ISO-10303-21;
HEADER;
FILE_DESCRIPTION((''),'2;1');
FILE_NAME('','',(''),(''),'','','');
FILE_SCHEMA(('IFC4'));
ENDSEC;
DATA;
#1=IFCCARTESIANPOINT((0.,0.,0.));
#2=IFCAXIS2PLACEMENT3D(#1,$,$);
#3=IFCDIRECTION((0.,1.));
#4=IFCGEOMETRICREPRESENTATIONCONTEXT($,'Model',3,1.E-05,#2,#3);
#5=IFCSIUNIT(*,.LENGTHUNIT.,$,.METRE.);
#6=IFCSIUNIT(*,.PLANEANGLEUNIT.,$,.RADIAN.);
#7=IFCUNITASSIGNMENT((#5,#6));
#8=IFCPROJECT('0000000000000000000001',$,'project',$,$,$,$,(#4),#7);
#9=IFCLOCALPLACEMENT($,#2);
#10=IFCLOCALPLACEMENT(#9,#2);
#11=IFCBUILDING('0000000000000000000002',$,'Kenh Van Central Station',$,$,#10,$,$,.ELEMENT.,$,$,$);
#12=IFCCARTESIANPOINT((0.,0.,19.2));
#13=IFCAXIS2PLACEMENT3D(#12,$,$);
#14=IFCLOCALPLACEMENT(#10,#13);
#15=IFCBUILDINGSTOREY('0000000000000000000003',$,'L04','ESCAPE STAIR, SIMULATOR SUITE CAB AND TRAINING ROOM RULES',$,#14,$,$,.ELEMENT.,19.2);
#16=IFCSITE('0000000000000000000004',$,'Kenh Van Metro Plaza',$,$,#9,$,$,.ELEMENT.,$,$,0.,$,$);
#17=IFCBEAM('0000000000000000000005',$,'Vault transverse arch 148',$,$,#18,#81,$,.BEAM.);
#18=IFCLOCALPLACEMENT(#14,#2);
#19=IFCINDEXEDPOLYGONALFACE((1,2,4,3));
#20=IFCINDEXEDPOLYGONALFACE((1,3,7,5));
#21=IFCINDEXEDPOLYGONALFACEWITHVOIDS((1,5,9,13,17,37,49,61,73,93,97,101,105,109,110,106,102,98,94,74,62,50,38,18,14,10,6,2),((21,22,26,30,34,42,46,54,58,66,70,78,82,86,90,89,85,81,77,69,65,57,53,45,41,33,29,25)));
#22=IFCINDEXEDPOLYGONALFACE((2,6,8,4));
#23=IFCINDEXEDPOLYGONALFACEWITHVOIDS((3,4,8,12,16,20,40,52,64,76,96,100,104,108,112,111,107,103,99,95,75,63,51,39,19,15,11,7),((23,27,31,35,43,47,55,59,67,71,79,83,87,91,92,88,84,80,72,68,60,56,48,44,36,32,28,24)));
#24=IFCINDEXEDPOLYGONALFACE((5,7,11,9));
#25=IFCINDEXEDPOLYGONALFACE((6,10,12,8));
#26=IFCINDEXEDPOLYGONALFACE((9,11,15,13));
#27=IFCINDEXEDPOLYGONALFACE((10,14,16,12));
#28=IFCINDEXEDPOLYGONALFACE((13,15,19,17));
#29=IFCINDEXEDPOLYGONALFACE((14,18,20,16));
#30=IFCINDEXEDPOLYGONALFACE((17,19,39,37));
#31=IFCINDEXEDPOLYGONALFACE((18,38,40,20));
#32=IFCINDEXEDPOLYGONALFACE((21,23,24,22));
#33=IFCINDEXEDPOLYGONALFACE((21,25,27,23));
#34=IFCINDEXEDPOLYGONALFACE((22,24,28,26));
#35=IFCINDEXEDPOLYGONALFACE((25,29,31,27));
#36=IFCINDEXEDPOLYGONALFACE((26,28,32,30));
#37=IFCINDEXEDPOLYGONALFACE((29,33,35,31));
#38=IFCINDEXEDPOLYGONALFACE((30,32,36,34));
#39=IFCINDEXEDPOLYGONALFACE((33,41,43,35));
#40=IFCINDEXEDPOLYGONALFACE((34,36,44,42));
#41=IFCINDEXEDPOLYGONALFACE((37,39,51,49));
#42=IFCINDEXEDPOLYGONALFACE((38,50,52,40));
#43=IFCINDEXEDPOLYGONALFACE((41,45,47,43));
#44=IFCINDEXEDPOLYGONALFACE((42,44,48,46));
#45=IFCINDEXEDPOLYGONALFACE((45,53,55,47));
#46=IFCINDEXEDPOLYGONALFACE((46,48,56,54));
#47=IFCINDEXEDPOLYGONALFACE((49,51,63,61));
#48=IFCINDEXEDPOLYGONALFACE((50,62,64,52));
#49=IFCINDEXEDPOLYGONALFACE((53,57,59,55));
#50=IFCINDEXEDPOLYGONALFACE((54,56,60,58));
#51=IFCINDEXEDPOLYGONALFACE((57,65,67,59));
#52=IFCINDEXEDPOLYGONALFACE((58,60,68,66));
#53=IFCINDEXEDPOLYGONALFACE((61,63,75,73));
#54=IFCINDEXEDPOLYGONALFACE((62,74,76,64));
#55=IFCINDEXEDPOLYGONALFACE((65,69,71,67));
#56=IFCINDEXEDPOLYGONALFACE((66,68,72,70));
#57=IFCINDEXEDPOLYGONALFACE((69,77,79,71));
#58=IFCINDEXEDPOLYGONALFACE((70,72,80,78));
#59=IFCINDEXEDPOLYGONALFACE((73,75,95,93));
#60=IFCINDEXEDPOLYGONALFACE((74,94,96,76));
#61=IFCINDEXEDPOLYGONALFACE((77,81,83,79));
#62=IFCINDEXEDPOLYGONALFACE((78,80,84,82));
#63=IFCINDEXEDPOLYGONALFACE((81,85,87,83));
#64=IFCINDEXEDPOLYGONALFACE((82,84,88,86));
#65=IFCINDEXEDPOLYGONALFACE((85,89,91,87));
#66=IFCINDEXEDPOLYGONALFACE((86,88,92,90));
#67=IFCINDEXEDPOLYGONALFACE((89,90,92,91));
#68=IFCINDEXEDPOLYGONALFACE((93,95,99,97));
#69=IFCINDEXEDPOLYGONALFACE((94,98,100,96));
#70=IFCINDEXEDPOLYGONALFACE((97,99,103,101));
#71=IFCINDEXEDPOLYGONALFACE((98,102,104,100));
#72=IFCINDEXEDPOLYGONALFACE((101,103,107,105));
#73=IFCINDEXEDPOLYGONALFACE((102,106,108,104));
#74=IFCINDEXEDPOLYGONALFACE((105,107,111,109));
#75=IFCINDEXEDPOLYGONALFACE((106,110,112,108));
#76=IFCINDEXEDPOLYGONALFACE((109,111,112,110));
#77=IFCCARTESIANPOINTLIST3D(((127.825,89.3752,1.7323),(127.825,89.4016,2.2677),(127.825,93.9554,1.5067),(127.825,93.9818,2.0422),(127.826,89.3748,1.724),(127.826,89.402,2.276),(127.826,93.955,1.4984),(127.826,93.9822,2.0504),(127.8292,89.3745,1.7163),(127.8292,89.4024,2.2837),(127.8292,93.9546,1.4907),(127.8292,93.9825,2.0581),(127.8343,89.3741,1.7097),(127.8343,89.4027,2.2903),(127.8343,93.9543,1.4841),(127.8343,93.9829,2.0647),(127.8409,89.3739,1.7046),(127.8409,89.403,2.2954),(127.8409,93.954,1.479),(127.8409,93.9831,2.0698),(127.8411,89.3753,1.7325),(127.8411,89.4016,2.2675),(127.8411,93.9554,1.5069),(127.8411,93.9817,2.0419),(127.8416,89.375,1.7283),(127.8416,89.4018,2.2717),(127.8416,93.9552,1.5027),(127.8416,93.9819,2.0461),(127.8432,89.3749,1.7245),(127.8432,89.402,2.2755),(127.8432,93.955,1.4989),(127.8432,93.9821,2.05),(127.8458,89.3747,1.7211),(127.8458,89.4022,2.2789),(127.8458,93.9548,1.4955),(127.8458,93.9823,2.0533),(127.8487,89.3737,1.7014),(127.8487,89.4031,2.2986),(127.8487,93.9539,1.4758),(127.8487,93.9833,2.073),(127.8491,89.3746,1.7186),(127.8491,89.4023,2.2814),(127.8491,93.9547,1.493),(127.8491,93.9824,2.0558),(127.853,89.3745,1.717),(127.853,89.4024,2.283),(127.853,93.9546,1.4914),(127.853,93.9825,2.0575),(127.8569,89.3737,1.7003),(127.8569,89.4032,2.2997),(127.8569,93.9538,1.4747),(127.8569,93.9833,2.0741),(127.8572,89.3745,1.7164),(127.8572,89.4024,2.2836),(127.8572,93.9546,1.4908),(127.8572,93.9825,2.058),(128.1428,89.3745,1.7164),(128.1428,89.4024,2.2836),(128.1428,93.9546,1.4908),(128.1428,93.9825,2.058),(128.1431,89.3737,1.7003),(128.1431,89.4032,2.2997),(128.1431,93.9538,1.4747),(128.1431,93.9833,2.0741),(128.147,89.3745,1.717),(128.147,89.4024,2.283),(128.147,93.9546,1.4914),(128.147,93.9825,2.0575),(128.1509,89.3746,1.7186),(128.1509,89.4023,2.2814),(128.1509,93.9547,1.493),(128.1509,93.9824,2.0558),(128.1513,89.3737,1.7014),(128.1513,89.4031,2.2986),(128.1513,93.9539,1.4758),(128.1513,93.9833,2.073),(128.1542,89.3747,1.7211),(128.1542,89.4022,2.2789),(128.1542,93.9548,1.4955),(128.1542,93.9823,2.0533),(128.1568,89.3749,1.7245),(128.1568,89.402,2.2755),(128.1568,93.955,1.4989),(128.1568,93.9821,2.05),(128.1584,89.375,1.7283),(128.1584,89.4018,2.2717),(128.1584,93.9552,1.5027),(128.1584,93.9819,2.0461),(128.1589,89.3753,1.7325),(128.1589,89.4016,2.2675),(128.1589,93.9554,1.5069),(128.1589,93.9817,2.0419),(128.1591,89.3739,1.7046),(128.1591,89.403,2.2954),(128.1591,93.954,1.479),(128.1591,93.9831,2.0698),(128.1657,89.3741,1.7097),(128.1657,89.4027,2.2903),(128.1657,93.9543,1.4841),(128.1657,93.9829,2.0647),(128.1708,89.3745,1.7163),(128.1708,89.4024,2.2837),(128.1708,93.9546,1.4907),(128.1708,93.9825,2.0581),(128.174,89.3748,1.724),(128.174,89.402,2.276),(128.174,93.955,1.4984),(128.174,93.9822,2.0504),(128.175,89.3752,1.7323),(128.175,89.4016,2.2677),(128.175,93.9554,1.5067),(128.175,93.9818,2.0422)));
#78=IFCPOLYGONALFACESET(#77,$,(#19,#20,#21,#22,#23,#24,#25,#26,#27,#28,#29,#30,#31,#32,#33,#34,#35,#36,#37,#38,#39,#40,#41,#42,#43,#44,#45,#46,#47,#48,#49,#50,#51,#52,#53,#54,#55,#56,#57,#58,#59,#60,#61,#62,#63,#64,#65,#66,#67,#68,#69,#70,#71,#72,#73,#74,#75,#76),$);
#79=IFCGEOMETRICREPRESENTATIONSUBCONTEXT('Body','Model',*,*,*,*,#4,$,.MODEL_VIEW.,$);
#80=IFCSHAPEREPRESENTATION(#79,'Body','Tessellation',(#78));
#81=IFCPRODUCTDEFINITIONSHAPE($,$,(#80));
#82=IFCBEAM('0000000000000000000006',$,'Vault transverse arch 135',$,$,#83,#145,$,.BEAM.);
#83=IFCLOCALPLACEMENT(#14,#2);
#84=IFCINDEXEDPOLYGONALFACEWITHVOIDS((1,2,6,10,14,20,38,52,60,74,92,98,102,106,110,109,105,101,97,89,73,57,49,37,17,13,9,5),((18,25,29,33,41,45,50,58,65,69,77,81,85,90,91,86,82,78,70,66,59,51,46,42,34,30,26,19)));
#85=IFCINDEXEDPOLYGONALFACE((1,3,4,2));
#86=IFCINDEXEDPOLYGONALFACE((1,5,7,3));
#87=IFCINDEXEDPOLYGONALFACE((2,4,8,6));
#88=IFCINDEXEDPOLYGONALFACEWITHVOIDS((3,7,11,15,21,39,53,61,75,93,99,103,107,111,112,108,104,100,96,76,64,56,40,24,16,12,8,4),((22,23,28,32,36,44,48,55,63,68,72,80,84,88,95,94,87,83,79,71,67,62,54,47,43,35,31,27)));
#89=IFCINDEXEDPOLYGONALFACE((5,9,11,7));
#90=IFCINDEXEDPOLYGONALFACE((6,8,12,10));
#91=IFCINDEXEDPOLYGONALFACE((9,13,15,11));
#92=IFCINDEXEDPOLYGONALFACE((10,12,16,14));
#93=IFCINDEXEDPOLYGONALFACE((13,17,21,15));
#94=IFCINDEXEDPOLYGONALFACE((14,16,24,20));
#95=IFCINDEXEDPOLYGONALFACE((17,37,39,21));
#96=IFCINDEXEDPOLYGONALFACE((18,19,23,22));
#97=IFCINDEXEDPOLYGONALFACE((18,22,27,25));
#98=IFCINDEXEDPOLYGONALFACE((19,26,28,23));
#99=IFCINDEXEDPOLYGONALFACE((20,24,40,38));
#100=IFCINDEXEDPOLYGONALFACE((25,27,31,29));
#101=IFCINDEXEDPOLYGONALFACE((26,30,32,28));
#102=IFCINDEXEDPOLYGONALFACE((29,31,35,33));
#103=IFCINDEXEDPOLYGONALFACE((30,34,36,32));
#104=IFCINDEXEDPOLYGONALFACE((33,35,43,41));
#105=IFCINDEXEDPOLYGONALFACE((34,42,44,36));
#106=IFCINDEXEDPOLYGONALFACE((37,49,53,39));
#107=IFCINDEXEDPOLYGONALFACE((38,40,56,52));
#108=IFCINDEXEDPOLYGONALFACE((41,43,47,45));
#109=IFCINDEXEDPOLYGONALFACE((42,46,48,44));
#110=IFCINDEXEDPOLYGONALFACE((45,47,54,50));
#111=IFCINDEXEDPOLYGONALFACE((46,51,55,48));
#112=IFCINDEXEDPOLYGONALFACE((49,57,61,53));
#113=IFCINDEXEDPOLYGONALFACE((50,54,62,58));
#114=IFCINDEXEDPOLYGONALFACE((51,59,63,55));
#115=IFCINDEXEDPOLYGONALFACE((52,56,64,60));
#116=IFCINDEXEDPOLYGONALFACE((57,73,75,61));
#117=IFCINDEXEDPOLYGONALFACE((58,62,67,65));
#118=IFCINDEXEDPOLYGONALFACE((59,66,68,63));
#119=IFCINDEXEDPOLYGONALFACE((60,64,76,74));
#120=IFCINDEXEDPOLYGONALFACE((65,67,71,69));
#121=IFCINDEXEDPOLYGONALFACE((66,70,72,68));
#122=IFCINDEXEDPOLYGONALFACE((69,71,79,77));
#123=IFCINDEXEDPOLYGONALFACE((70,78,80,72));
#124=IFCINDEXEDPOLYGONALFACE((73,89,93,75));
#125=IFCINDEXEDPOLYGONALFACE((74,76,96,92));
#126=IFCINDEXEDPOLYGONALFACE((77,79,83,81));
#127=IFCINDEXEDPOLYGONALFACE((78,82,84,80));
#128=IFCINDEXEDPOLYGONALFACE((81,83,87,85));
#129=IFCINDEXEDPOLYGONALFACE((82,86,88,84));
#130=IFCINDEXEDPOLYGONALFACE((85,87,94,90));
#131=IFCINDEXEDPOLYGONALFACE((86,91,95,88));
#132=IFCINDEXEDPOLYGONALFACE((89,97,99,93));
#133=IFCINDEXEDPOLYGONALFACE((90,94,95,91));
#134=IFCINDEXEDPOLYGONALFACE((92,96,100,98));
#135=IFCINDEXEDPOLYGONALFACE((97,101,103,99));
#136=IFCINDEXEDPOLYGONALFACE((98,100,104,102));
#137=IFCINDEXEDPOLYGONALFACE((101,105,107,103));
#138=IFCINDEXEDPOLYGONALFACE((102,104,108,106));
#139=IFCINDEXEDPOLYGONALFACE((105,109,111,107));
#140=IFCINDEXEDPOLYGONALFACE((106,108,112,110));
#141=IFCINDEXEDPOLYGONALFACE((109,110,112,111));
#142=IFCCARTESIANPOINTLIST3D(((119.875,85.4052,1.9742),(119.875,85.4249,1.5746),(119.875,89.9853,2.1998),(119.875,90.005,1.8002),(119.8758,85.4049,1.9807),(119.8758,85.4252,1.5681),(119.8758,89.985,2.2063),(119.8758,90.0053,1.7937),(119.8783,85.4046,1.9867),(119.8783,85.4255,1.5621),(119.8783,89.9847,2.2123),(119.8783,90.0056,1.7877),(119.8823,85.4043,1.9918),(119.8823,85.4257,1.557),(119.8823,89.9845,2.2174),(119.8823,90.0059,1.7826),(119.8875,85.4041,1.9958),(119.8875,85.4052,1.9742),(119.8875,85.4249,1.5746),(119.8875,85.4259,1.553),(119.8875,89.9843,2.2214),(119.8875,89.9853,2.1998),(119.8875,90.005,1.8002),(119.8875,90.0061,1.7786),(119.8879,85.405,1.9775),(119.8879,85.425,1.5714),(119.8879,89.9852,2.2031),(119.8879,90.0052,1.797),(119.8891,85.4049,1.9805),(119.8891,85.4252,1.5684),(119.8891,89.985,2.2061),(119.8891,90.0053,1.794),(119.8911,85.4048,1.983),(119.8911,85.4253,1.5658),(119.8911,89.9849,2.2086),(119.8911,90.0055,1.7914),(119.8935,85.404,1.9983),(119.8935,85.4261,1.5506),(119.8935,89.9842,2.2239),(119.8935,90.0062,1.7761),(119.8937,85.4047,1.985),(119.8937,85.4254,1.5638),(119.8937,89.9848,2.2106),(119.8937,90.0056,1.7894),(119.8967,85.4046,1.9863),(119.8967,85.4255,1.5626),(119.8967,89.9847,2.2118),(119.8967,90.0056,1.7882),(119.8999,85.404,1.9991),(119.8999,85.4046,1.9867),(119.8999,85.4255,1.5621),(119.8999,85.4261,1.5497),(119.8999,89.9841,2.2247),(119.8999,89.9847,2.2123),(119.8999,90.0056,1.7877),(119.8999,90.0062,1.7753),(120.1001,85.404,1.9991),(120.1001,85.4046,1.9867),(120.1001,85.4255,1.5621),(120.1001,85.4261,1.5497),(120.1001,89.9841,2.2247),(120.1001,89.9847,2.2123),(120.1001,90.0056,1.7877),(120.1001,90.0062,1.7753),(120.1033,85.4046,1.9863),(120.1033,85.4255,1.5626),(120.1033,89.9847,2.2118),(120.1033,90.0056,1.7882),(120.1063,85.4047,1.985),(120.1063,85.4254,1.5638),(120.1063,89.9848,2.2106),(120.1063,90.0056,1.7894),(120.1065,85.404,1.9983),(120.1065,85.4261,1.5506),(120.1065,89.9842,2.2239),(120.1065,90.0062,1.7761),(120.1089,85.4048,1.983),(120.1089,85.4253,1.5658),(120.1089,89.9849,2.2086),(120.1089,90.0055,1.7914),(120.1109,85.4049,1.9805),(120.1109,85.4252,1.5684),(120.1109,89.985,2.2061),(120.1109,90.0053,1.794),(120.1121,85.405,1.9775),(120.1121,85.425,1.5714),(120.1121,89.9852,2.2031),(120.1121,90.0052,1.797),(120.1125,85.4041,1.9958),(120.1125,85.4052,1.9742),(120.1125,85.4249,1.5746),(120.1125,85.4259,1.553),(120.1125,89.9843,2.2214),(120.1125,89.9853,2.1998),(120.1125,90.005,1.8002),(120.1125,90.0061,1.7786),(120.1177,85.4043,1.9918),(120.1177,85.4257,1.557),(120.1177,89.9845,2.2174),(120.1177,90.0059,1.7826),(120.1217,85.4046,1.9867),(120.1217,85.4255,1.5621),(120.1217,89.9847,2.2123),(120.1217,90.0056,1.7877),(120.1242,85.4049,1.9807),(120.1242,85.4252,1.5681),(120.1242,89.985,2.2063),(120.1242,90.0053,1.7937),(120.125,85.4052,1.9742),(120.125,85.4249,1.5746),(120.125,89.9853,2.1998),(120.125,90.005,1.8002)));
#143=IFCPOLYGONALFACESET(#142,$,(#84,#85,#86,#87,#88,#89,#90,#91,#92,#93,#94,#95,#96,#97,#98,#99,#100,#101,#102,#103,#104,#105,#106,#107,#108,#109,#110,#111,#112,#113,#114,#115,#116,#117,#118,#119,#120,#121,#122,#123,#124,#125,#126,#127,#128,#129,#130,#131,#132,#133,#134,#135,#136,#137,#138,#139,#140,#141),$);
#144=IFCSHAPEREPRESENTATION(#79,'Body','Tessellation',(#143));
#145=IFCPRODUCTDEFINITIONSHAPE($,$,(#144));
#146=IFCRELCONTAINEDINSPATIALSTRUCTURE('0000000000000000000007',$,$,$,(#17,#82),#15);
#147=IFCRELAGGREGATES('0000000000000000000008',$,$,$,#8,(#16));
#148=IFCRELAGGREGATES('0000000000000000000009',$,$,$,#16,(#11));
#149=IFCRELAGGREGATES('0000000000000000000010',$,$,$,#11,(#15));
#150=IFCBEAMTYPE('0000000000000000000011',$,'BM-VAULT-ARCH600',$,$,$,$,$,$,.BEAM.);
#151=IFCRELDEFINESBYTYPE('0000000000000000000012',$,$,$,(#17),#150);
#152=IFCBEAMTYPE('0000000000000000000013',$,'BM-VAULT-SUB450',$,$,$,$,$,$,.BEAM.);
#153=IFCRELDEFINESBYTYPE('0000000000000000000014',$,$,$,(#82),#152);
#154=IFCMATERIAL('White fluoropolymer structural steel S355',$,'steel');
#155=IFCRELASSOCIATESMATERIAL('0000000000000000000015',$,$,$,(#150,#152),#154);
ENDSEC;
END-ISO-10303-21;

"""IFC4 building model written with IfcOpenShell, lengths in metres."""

from ifc_helpers import new_model, si_unit, direction, frame, origin, origin_2d, place, context, subcontext, project, spatial, hollow_rectangle, extrude, material, material_profile, profile_set, type_object, element, save


model = new_model("IFC4")

# Units and contexts
model_context = context("Model", 3, precision=1e-05, world=origin(), true_north=direction((0.0, 1.0)))
body_context = subcontext(model_context, "Body", "Model", "MODEL_VIEW")
ifc_project = project(units=[si_unit("LENGTHUNIT", "METRE"), si_unit("PLANEANGLEUNIT", "RADIAN")], contexts=[model_context])

# Site, building, storey
site_placement = place(None, origin())
site = spatial("IfcSite", under=ifc_project, at=site_placement, Name="Kenh Van Metro Plaza", CompositionType="ELEMENT", RefElevation=0.0)
building_placement = place(site_placement, origin())
building = spatial("IfcBuilding", under=site, at=building_placement, Name="Kenh Van Central Station", CompositionType="ELEMENT")
storey_placement = place(building_placement, frame((0.0, 0.0, 19.2)))
storey = spatial("IfcBuildingStorey", under=building, at=storey_placement, Name="L04", Description="ESCAPE STAIR, SIMULATOR SUITE CAB AND TRAINING ROOM RULES", CompositionType="ELEMENT", Elevation=19.2)

# Beams
ifc_material_1 = material(Name="White fluoropolymer structural steel S355", Category="steel")
ifc_material_profile_1 = material_profile(ifc_material_1, hollow_rectangle(XDim=0.3501, YDim=0.6001, WallThickness=0.0161, InnerFilletRadius=0.0161, OuterFilletRadius=0.032, at=origin_2d()), Name="RHS 600x350x16")
ifc_profile_set_1 = profile_set([ifc_material_profile_1], Name="White fluoropolymer structural steel S355")
beam_type_1 = type_object("IfcBeamType", Name="BM-VAULT-ARCH600", PredefinedType="BEAM", material=ifc_profile_set_1)
beam_1_placement = place(storey_placement, frame((128.0, 89.3884, 2.0), z_axis=(0.0, 0.998789, -0.049194), x_axis=(-1.0, 0.0, 0.0)))
element("IfcBeam", 1, at=beam_1_placement, inside=storey, type_object=beam_type_1, Name="Vault transverse arch 148", PredefinedType="BEAM", context=body_context, shape_type="SweptSolid", body=[
    extrude(hollow_rectangle(XDim=0.3501, YDim=0.6001, WallThickness=0.0161, InnerFilletRadius=0.0161, OuterFilletRadius=0.032, at=origin_2d()), origin(), (0.0, 0.0, 1.0), 4.5857),
])
ifc_material_profile_2 = material_profile(ifc_material_1, hollow_rectangle(XDim=0.25, YDim=0.45, WallThickness=0.0125, InnerFilletRadius=0.0125, OuterFilletRadius=0.0249, at=origin_2d()), Name="RHS 450x250x12.5")
ifc_profile_set_2 = profile_set([ifc_material_profile_2], Name="White fluoropolymer structural steel S355")
beam_type_2 = type_object("IfcBeamType", Name="BM-VAULT-SUB450", PredefinedType="BEAM", material=ifc_profile_set_2)
beam_2_placement = place(storey_placement, frame((120.0, 85.415, 1.7744), z_axis=(0.0, 0.998789, 0.049194), x_axis=(-1.0, 0.0, 0.0)))
element("IfcBeam", 2, at=beam_2_placement, inside=storey, type_object=beam_type_2, Name="Vault transverse arch 135", PredefinedType="BEAM", context=body_context, shape_type="SweptSolid", body=[
    extrude(hollow_rectangle(XDim=0.25, YDim=0.45, WallThickness=0.0125, InnerFilletRadius=0.0125, OuterFilletRadius=0.0249, at=origin_2d()), origin(), (0.0, 0.0, 1.0), 4.5857),
])

save(model, "model.ifc")
